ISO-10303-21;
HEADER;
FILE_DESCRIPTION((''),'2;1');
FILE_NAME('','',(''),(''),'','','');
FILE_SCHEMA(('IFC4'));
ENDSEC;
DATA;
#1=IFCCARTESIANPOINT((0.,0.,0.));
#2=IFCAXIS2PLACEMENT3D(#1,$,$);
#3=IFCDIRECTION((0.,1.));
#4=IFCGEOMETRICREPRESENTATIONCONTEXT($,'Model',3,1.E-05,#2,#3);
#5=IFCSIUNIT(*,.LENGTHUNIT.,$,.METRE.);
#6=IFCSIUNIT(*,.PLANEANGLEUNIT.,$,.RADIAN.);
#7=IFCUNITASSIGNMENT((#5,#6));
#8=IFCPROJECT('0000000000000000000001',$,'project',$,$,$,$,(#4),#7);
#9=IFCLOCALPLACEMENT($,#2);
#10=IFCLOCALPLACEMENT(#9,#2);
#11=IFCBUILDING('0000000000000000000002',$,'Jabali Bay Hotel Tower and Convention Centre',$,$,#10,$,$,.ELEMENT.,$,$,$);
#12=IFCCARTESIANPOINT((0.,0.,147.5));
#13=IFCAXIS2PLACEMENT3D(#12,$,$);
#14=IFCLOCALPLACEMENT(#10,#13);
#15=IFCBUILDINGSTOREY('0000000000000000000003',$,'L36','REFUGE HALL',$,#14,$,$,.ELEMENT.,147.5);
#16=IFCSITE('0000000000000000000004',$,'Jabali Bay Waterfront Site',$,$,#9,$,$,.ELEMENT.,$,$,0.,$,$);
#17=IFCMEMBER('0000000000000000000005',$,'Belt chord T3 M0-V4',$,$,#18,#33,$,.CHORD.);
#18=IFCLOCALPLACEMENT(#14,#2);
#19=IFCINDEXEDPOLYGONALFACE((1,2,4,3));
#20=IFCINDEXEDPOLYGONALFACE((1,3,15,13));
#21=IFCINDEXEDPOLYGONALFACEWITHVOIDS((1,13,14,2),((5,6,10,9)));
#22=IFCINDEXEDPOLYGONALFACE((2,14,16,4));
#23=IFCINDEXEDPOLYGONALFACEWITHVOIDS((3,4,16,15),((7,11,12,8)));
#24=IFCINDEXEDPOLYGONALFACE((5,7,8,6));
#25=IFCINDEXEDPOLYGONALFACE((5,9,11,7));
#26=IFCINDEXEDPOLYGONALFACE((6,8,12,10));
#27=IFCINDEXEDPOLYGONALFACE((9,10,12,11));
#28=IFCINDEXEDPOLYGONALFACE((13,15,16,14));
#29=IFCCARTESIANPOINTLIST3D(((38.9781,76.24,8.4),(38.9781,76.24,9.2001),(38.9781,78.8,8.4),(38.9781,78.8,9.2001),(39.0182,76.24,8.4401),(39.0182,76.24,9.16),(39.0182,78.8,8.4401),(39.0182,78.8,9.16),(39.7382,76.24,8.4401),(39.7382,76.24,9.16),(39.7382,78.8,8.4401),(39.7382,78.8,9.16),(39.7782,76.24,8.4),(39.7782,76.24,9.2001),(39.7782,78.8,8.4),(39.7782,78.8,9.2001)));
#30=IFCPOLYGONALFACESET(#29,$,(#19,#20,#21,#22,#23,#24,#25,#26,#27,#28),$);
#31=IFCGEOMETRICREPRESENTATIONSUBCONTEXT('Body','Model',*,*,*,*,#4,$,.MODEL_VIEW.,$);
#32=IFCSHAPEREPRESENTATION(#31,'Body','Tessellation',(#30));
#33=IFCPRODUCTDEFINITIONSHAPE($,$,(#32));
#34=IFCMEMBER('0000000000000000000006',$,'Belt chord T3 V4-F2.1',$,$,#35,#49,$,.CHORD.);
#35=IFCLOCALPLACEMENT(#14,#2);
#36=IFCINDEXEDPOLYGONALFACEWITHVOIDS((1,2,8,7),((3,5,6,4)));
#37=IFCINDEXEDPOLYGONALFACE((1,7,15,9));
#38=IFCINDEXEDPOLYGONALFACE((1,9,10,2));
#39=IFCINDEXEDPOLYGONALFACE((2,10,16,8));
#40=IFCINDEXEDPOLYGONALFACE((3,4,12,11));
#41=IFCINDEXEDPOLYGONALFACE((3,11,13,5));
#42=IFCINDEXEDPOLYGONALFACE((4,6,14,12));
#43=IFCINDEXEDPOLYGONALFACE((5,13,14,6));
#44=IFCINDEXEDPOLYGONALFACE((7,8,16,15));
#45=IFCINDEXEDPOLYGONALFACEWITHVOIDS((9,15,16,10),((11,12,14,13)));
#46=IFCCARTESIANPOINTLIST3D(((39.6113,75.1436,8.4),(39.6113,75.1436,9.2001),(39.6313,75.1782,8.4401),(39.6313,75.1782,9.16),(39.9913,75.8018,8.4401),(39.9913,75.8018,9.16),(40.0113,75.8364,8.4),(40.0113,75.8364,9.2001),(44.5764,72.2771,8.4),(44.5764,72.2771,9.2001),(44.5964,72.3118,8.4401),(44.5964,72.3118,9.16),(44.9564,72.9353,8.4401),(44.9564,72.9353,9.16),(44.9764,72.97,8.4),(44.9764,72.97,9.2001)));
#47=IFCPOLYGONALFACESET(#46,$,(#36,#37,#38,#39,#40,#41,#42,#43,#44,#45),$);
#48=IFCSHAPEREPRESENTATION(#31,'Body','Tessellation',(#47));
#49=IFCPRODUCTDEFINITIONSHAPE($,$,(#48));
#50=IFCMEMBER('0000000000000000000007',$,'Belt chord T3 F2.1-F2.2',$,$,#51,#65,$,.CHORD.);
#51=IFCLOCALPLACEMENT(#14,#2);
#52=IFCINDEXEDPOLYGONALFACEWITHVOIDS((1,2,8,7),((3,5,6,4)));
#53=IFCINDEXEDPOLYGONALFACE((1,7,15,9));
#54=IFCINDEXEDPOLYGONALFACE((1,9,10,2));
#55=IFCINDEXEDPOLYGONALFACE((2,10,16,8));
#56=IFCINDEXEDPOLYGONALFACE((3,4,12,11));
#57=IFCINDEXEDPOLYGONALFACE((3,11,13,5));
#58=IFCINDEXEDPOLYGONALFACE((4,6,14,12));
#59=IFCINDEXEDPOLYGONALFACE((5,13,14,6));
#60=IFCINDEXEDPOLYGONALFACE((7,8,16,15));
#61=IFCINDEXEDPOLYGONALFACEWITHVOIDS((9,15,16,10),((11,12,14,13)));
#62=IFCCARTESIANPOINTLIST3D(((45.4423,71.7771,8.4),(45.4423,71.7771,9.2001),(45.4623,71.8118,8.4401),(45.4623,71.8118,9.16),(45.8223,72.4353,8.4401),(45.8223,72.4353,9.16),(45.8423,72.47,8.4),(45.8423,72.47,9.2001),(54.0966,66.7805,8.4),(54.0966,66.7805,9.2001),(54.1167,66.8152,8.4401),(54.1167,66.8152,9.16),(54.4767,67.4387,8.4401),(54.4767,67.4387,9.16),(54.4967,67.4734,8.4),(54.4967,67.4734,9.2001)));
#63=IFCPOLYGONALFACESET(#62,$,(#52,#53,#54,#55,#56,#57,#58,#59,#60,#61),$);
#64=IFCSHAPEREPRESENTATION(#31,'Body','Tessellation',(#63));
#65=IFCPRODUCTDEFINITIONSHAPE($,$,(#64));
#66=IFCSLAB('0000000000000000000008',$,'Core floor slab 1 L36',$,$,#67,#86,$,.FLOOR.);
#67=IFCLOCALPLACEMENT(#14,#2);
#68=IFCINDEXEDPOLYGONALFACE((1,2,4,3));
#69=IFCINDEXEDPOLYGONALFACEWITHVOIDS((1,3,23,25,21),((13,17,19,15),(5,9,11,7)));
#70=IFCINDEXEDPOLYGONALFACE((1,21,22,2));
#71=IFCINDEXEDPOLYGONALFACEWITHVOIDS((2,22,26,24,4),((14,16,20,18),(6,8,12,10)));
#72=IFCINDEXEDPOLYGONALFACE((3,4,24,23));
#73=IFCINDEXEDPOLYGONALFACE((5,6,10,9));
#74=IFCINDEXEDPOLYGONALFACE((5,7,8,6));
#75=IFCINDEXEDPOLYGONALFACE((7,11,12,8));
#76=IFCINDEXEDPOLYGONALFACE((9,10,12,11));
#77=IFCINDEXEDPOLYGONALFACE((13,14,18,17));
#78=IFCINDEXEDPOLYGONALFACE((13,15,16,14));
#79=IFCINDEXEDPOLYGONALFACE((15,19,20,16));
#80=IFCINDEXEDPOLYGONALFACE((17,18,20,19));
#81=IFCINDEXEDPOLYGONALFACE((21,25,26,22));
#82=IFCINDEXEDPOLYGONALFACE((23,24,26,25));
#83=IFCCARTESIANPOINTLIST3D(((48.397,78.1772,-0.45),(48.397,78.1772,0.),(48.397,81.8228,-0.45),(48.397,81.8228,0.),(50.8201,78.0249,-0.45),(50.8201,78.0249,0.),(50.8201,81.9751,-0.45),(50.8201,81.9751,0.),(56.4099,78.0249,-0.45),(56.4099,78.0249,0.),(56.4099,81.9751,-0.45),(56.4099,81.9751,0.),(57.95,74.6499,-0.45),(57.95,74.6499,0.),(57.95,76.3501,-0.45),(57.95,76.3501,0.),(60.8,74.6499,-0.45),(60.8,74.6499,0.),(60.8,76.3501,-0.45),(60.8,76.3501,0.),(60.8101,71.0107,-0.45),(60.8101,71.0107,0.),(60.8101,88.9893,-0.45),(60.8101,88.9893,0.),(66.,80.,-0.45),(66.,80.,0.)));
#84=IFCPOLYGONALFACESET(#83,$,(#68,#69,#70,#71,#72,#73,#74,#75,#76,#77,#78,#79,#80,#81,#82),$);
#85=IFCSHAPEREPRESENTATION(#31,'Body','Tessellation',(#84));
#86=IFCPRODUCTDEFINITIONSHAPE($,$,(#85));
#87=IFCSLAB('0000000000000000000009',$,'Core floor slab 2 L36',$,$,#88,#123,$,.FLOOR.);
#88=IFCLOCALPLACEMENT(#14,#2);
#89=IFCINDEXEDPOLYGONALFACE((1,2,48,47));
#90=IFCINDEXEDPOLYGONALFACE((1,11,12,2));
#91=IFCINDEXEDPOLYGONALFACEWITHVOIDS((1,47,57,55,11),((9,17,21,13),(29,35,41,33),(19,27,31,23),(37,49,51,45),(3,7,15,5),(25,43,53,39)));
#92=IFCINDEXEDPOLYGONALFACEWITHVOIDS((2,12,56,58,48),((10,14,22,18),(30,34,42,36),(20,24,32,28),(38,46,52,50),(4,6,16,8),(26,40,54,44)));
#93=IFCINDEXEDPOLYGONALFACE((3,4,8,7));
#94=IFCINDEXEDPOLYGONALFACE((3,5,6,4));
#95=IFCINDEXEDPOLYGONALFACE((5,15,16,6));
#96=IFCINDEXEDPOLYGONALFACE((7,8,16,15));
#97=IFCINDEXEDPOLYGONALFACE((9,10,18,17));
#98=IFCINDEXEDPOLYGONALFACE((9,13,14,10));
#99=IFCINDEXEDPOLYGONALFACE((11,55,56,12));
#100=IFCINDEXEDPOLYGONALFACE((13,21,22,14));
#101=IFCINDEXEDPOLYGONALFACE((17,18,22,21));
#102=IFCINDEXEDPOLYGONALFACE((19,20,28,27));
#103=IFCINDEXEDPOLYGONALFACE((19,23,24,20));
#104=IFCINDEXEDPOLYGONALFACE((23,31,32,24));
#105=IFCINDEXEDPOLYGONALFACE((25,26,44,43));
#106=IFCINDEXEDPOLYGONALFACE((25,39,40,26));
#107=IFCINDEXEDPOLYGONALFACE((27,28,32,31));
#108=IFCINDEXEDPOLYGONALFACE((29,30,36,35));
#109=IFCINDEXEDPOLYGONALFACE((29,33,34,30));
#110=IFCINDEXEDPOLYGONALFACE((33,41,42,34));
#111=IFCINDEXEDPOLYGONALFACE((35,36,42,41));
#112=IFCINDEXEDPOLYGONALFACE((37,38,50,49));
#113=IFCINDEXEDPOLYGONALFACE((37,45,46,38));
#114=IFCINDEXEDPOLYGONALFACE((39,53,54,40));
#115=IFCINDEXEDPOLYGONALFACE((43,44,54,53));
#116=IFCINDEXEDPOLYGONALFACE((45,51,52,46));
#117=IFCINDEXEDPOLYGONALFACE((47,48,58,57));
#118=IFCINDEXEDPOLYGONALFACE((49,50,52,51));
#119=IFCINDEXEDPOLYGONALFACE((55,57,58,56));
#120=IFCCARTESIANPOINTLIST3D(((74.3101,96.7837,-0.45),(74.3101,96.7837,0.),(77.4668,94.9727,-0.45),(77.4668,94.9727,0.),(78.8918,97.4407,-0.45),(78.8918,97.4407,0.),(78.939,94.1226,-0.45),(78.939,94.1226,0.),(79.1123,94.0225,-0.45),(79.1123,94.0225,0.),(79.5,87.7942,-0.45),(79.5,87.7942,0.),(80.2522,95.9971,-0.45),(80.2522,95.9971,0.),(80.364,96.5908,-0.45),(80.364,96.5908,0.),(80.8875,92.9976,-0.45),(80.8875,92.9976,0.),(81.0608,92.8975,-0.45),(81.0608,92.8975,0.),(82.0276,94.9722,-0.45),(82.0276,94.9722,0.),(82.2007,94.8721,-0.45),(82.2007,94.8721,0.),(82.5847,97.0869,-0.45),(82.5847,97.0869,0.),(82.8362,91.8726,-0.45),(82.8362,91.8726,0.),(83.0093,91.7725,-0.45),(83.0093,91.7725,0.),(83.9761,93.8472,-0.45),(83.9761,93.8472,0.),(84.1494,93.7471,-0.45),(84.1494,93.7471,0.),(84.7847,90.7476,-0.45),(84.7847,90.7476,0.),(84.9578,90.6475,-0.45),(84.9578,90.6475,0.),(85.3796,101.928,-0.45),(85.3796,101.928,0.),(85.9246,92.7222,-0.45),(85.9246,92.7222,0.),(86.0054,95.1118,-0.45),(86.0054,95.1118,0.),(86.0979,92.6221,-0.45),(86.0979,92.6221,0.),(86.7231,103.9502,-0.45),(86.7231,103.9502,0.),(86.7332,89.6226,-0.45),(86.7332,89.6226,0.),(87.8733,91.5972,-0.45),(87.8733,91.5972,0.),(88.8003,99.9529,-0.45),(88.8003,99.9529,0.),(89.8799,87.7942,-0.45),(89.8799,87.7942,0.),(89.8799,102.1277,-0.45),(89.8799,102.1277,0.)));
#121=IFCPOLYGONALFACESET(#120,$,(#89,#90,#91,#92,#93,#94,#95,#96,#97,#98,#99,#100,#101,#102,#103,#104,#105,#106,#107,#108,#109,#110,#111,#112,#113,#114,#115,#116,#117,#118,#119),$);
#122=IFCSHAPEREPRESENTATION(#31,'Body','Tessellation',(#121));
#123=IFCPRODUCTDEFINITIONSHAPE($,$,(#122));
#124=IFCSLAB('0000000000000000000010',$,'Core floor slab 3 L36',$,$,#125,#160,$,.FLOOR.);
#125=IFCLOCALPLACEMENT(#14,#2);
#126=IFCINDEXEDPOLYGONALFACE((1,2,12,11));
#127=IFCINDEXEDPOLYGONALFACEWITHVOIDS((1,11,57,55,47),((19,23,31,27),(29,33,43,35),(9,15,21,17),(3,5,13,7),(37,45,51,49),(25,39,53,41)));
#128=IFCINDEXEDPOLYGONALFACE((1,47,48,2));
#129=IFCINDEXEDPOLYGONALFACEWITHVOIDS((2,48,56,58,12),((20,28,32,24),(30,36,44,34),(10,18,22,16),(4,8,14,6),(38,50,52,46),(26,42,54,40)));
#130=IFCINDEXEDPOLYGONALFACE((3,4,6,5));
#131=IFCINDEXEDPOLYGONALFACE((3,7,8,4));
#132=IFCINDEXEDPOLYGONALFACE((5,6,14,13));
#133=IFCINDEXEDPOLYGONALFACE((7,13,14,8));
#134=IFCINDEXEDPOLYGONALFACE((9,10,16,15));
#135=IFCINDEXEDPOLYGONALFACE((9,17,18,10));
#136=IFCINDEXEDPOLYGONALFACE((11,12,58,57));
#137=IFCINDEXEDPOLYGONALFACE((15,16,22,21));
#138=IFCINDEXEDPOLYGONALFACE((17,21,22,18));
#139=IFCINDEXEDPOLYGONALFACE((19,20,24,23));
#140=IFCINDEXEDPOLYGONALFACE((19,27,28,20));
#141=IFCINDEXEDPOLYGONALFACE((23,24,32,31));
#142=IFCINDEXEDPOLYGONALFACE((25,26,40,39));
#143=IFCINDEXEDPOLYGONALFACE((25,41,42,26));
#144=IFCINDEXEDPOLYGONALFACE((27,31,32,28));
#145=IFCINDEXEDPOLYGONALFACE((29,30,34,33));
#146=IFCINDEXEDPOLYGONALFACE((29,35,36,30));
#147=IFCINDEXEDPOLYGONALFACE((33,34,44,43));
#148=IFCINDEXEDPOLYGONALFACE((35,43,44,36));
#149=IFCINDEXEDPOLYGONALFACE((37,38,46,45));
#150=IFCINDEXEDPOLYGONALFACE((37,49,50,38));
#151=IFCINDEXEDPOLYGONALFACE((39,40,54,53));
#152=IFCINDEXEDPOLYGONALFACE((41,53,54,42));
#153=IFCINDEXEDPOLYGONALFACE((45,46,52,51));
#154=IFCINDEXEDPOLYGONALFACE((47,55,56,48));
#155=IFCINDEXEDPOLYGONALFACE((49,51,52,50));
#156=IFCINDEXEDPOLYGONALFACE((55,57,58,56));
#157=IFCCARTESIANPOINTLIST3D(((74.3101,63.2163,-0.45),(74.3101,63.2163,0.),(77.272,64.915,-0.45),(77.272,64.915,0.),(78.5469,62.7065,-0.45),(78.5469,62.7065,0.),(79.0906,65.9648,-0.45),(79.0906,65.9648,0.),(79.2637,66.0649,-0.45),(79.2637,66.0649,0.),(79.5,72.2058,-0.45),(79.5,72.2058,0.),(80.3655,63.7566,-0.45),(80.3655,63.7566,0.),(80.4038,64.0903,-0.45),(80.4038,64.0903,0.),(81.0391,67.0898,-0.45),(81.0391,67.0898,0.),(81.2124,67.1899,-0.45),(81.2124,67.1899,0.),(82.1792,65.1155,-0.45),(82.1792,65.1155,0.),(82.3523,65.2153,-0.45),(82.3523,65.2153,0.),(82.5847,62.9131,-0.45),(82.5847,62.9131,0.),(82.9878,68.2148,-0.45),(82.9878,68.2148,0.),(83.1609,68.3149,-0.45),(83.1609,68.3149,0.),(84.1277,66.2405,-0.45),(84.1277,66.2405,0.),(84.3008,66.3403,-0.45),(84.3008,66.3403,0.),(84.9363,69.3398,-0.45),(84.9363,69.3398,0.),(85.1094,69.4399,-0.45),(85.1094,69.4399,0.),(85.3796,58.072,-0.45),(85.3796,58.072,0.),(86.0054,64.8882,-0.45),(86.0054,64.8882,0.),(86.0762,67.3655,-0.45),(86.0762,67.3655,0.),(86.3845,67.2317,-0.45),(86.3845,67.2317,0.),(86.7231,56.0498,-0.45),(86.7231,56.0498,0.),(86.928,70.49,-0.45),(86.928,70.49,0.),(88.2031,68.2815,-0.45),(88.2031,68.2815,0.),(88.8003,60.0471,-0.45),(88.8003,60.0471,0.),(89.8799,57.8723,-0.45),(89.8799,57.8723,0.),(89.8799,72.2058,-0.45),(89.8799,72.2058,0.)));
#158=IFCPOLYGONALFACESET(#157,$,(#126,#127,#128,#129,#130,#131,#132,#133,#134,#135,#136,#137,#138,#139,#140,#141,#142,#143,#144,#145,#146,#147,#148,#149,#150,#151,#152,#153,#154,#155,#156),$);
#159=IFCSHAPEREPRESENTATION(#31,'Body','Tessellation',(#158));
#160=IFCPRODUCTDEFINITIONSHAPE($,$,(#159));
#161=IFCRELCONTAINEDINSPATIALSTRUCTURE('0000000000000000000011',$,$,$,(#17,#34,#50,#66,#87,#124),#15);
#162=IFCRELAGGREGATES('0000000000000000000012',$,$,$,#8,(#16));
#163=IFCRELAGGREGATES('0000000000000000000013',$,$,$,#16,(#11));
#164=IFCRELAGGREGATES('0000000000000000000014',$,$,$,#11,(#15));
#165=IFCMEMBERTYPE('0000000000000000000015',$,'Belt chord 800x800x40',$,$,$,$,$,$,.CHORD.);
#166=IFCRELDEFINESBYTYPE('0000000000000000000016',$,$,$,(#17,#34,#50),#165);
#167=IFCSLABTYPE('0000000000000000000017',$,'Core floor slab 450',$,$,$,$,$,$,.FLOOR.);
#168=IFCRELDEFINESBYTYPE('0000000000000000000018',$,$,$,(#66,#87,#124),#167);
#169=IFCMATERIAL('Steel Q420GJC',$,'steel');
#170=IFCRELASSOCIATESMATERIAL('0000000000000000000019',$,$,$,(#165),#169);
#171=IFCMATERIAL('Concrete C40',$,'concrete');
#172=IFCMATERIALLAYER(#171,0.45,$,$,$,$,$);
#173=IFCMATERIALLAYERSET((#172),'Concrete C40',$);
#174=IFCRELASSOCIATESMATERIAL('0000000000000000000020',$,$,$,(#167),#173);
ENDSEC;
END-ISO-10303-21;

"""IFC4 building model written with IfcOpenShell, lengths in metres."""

from ifc_helpers import new_model, si_unit, direction, frame, origin, origin_2d, place, context, subcontext, project, spatial, polyline, hollow_rectangle, outline, extrude, material, layer, layer_set, material_profile, profile_set, type_object, element, save


model = new_model("IFC4")

# Units and contexts
model_context = context("Model", 3, precision=1e-05, world=origin(), true_north=direction((0.0, 1.0)))
body_context = subcontext(model_context, "Body", "Model", "MODEL_VIEW")
ifc_project = project(units=[si_unit("LENGTHUNIT", "METRE"), si_unit("PLANEANGLEUNIT", "RADIAN")], contexts=[model_context])

# Site, building, storey
site_placement = place(None, origin())
site = spatial("IfcSite", under=ifc_project, at=site_placement, Name="Jabali Bay Waterfront Site", CompositionType="ELEMENT", RefElevation=0.0)
building_placement = place(site_placement, origin())
building = spatial("IfcBuilding", under=site, at=building_placement, Name="Jabali Bay Hotel Tower and Convention Centre", CompositionType="ELEMENT")
storey_placement = place(building_placement, frame((0.0, 0.0, 147.5)))
storey = spatial("IfcBuildingStorey", under=building, at=storey_placement, Name="L36", Description="REFUGE HALL", CompositionType="ELEMENT", Elevation=147.5)

# Members
ifc_material_1 = material(Name="Steel Q420GJC", Category="steel")
ifc_material_profile_1 = material_profile(ifc_material_1, hollow_rectangle(XDim=0.8, YDim=0.8, WallThickness=0.04, at=origin_2d()), Name="Belt chord 800x800x40")
ifc_profile_set_1 = profile_set([ifc_material_profile_1], Name="Steel Q420GJC")
member_type_1 = type_object("IfcMemberType", Name="Belt chord 800x800x40", PredefinedType="CHORD", material=ifc_profile_set_1)
member_1_placement = place(storey_placement, frame((39.3782, 78.8, 8.8), z_axis=(0.0, -1.0, 0.0), x_axis=(1.0, 0.0, 0.0)))
element("IfcMember", 1, at=member_1_placement, inside=storey, type_object=member_type_1, Name="Belt chord T3 M0-V4", PredefinedType="CHORD", context=body_context, shape_type="SweptSolid", body=[
    extrude(hollow_rectangle(XDim=0.8, YDim=0.8, WallThickness=0.04, at=origin_2d()), origin(), (0.0, 0.0, 1.0), 2.5601),
])
member_2_placement = place(storey_placement, frame((39.8113, 75.49, 8.8), z_axis=(0.866036, -0.499982, 0.0), x_axis=(0.499982, 0.866036, 0.0)))
element("IfcMember", 2, at=member_2_placement, inside=storey, type_object=member_type_1, Name="Belt chord T3 V4-F2.1", PredefinedType="CHORD", context=body_context, shape_type="SweptSolid", body=[
    extrude(hollow_rectangle(XDim=0.8, YDim=0.8, WallThickness=0.04, at=origin_2d()), origin(), (0.0, 0.0, 1.0), 5.7332),
])
member_3_placement = place(storey_placement, frame((45.6423, 72.1235, 8.8), z_axis=(0.866024, -0.500002, 0.0), x_axis=(0.500002, 0.866024, 0.0)))
element("IfcMember", 3, at=member_3_placement, inside=storey, type_object=member_type_1, Name="Belt chord T3 F2.1-F2.2", PredefinedType="CHORD", context=body_context, shape_type="SweptSolid", body=[
    extrude(hollow_rectangle(XDim=0.8, YDim=0.8, WallThickness=0.04, at=origin_2d()), origin(), (0.0, 0.0, 1.0), 9.9932),
])

# Slabs
ifc_material_2 = material(Name="Concrete C40", Category="concrete")
ifc_layer_1 = layer(ifc_material_2, 0.45)
ifc_layer_set_1 = layer_set([ifc_layer_1], Name="Concrete C40")
slab_type_1 = type_object("IfcSlabType", Name="Core floor slab 450", PredefinedType="FLOOR", material=ifc_layer_set_1)
slab_1_placement = place(storey_placement, frame((0.0, 0.0, -0.45)))
element("IfcSlab", 4, at=slab_1_placement, inside=storey, type_object=slab_type_1, Name="Core floor slab 1 L36", PredefinedType="FLOOR", context=body_context, shape_type="SweptSolid", body=[
    extrude(outline(polyline([(66.0, 80.0), (60.8101, 88.9893), (48.397, 81.8228), (48.397, 78.1772), (60.8101, 71.0107), (66.0, 80.0)]), holes=[polyline([(60.8, 76.3501), (57.95, 76.3501), (57.95, 74.6499), (60.8, 74.6499), (60.8, 76.3501)]), polyline([(50.8201, 81.9751), (50.8201, 78.0249), (56.4099, 78.0249), (56.4099, 81.9751), (50.8201, 81.9751)])]), origin(), (0.0, 0.0, 1.0), 0.45),
])
slab_2_placement = place(storey_placement, frame((0.0, 0.0, -0.45)))
element("IfcSlab", 5, at=slab_2_placement, inside=storey, type_object=slab_type_1, Name="Core floor slab 2 L36", PredefinedType="FLOOR", context=body_context, shape_type="SweptSolid", body=[
    extrude(outline(polyline([(79.5, 87.7942), (89.8799, 87.7942), (89.8799, 102.1277), (86.7231, 103.9502), (74.3101, 96.7837), (79.5, 87.7942)]), holes=[polyline([(84.9578, 90.6475), (86.7332, 89.6226), (87.8733, 91.5972), (86.0979, 92.6221), (84.9578, 90.6475)]), polyline([(84.1494, 93.7471), (83.0093, 91.7725), (84.7847, 90.7476), (85.9246, 92.7222), (84.1494, 93.7471)]), polyline([(82.2007, 94.8721), (81.0608, 92.8975), (82.8362, 91.8726), (83.9761, 93.8472), (82.2007, 94.8721)]), polyline([(79.1123, 94.0225), (80.8875, 92.9976), (82.0276, 94.9722), (80.2522, 95.9971), (79.1123, 94.0225)]), polyline([(78.8918, 97.4407), (77.4668, 94.9727), (78.939, 94.1226), (80.364, 96.5908), (78.8918, 97.4407)]), polyline([(82.5847, 97.0869), (86.0054, 95.1118), (88.8003, 99.9529), (85.3796, 101.928), (82.5847, 97.0869)])]), origin(), (0.0, 0.0, 1.0), 0.45),
])
slab_3_placement = place(storey_placement, frame((0.0, 0.0, -0.45)))
element("IfcSlab", 6, at=slab_3_placement, inside=storey, type_object=slab_type_1, Name="Core floor slab 3 L36", PredefinedType="FLOOR", context=body_context, shape_type="SweptSolid", body=[
    extrude(outline(polyline([(79.5, 72.2058), (74.3101, 63.2163), (86.7231, 56.0498), (89.8799, 57.8723), (89.8799, 72.2058), (79.5, 72.2058)]), holes=[polyline([(82.5847, 62.9131), (85.3796, 58.072), (88.8003, 60.0471), (86.0054, 64.8882), (82.5847, 62.9131)]), polyline([(80.3655, 63.7566), (79.0906, 65.9648), (77.272, 64.915), (78.5469, 62.7065), (80.3655, 63.7566)]), polyline([(82.1792, 65.1155), (81.0391, 67.0898), (79.2637, 66.0649), (80.4038, 64.0903), (82.1792, 65.1155)]), polyline([(82.9878, 68.2148), (81.2124, 67.1899), (82.3523, 65.2153), (84.1277, 66.2405), (82.9878, 68.2148)]), polyline([(86.0762, 67.3655), (84.9363, 69.3398), (83.1609, 68.3149), (84.3008, 66.3403), (86.0762, 67.3655)]), polyline([(88.2031, 68.2815), (86.928, 70.49), (85.1094, 69.4399), (86.3845, 67.2317), (88.2031, 68.2815)])]), origin(), (0.0, 0.0, 1.0), 0.45),
])

save(model, "model.ifc")
